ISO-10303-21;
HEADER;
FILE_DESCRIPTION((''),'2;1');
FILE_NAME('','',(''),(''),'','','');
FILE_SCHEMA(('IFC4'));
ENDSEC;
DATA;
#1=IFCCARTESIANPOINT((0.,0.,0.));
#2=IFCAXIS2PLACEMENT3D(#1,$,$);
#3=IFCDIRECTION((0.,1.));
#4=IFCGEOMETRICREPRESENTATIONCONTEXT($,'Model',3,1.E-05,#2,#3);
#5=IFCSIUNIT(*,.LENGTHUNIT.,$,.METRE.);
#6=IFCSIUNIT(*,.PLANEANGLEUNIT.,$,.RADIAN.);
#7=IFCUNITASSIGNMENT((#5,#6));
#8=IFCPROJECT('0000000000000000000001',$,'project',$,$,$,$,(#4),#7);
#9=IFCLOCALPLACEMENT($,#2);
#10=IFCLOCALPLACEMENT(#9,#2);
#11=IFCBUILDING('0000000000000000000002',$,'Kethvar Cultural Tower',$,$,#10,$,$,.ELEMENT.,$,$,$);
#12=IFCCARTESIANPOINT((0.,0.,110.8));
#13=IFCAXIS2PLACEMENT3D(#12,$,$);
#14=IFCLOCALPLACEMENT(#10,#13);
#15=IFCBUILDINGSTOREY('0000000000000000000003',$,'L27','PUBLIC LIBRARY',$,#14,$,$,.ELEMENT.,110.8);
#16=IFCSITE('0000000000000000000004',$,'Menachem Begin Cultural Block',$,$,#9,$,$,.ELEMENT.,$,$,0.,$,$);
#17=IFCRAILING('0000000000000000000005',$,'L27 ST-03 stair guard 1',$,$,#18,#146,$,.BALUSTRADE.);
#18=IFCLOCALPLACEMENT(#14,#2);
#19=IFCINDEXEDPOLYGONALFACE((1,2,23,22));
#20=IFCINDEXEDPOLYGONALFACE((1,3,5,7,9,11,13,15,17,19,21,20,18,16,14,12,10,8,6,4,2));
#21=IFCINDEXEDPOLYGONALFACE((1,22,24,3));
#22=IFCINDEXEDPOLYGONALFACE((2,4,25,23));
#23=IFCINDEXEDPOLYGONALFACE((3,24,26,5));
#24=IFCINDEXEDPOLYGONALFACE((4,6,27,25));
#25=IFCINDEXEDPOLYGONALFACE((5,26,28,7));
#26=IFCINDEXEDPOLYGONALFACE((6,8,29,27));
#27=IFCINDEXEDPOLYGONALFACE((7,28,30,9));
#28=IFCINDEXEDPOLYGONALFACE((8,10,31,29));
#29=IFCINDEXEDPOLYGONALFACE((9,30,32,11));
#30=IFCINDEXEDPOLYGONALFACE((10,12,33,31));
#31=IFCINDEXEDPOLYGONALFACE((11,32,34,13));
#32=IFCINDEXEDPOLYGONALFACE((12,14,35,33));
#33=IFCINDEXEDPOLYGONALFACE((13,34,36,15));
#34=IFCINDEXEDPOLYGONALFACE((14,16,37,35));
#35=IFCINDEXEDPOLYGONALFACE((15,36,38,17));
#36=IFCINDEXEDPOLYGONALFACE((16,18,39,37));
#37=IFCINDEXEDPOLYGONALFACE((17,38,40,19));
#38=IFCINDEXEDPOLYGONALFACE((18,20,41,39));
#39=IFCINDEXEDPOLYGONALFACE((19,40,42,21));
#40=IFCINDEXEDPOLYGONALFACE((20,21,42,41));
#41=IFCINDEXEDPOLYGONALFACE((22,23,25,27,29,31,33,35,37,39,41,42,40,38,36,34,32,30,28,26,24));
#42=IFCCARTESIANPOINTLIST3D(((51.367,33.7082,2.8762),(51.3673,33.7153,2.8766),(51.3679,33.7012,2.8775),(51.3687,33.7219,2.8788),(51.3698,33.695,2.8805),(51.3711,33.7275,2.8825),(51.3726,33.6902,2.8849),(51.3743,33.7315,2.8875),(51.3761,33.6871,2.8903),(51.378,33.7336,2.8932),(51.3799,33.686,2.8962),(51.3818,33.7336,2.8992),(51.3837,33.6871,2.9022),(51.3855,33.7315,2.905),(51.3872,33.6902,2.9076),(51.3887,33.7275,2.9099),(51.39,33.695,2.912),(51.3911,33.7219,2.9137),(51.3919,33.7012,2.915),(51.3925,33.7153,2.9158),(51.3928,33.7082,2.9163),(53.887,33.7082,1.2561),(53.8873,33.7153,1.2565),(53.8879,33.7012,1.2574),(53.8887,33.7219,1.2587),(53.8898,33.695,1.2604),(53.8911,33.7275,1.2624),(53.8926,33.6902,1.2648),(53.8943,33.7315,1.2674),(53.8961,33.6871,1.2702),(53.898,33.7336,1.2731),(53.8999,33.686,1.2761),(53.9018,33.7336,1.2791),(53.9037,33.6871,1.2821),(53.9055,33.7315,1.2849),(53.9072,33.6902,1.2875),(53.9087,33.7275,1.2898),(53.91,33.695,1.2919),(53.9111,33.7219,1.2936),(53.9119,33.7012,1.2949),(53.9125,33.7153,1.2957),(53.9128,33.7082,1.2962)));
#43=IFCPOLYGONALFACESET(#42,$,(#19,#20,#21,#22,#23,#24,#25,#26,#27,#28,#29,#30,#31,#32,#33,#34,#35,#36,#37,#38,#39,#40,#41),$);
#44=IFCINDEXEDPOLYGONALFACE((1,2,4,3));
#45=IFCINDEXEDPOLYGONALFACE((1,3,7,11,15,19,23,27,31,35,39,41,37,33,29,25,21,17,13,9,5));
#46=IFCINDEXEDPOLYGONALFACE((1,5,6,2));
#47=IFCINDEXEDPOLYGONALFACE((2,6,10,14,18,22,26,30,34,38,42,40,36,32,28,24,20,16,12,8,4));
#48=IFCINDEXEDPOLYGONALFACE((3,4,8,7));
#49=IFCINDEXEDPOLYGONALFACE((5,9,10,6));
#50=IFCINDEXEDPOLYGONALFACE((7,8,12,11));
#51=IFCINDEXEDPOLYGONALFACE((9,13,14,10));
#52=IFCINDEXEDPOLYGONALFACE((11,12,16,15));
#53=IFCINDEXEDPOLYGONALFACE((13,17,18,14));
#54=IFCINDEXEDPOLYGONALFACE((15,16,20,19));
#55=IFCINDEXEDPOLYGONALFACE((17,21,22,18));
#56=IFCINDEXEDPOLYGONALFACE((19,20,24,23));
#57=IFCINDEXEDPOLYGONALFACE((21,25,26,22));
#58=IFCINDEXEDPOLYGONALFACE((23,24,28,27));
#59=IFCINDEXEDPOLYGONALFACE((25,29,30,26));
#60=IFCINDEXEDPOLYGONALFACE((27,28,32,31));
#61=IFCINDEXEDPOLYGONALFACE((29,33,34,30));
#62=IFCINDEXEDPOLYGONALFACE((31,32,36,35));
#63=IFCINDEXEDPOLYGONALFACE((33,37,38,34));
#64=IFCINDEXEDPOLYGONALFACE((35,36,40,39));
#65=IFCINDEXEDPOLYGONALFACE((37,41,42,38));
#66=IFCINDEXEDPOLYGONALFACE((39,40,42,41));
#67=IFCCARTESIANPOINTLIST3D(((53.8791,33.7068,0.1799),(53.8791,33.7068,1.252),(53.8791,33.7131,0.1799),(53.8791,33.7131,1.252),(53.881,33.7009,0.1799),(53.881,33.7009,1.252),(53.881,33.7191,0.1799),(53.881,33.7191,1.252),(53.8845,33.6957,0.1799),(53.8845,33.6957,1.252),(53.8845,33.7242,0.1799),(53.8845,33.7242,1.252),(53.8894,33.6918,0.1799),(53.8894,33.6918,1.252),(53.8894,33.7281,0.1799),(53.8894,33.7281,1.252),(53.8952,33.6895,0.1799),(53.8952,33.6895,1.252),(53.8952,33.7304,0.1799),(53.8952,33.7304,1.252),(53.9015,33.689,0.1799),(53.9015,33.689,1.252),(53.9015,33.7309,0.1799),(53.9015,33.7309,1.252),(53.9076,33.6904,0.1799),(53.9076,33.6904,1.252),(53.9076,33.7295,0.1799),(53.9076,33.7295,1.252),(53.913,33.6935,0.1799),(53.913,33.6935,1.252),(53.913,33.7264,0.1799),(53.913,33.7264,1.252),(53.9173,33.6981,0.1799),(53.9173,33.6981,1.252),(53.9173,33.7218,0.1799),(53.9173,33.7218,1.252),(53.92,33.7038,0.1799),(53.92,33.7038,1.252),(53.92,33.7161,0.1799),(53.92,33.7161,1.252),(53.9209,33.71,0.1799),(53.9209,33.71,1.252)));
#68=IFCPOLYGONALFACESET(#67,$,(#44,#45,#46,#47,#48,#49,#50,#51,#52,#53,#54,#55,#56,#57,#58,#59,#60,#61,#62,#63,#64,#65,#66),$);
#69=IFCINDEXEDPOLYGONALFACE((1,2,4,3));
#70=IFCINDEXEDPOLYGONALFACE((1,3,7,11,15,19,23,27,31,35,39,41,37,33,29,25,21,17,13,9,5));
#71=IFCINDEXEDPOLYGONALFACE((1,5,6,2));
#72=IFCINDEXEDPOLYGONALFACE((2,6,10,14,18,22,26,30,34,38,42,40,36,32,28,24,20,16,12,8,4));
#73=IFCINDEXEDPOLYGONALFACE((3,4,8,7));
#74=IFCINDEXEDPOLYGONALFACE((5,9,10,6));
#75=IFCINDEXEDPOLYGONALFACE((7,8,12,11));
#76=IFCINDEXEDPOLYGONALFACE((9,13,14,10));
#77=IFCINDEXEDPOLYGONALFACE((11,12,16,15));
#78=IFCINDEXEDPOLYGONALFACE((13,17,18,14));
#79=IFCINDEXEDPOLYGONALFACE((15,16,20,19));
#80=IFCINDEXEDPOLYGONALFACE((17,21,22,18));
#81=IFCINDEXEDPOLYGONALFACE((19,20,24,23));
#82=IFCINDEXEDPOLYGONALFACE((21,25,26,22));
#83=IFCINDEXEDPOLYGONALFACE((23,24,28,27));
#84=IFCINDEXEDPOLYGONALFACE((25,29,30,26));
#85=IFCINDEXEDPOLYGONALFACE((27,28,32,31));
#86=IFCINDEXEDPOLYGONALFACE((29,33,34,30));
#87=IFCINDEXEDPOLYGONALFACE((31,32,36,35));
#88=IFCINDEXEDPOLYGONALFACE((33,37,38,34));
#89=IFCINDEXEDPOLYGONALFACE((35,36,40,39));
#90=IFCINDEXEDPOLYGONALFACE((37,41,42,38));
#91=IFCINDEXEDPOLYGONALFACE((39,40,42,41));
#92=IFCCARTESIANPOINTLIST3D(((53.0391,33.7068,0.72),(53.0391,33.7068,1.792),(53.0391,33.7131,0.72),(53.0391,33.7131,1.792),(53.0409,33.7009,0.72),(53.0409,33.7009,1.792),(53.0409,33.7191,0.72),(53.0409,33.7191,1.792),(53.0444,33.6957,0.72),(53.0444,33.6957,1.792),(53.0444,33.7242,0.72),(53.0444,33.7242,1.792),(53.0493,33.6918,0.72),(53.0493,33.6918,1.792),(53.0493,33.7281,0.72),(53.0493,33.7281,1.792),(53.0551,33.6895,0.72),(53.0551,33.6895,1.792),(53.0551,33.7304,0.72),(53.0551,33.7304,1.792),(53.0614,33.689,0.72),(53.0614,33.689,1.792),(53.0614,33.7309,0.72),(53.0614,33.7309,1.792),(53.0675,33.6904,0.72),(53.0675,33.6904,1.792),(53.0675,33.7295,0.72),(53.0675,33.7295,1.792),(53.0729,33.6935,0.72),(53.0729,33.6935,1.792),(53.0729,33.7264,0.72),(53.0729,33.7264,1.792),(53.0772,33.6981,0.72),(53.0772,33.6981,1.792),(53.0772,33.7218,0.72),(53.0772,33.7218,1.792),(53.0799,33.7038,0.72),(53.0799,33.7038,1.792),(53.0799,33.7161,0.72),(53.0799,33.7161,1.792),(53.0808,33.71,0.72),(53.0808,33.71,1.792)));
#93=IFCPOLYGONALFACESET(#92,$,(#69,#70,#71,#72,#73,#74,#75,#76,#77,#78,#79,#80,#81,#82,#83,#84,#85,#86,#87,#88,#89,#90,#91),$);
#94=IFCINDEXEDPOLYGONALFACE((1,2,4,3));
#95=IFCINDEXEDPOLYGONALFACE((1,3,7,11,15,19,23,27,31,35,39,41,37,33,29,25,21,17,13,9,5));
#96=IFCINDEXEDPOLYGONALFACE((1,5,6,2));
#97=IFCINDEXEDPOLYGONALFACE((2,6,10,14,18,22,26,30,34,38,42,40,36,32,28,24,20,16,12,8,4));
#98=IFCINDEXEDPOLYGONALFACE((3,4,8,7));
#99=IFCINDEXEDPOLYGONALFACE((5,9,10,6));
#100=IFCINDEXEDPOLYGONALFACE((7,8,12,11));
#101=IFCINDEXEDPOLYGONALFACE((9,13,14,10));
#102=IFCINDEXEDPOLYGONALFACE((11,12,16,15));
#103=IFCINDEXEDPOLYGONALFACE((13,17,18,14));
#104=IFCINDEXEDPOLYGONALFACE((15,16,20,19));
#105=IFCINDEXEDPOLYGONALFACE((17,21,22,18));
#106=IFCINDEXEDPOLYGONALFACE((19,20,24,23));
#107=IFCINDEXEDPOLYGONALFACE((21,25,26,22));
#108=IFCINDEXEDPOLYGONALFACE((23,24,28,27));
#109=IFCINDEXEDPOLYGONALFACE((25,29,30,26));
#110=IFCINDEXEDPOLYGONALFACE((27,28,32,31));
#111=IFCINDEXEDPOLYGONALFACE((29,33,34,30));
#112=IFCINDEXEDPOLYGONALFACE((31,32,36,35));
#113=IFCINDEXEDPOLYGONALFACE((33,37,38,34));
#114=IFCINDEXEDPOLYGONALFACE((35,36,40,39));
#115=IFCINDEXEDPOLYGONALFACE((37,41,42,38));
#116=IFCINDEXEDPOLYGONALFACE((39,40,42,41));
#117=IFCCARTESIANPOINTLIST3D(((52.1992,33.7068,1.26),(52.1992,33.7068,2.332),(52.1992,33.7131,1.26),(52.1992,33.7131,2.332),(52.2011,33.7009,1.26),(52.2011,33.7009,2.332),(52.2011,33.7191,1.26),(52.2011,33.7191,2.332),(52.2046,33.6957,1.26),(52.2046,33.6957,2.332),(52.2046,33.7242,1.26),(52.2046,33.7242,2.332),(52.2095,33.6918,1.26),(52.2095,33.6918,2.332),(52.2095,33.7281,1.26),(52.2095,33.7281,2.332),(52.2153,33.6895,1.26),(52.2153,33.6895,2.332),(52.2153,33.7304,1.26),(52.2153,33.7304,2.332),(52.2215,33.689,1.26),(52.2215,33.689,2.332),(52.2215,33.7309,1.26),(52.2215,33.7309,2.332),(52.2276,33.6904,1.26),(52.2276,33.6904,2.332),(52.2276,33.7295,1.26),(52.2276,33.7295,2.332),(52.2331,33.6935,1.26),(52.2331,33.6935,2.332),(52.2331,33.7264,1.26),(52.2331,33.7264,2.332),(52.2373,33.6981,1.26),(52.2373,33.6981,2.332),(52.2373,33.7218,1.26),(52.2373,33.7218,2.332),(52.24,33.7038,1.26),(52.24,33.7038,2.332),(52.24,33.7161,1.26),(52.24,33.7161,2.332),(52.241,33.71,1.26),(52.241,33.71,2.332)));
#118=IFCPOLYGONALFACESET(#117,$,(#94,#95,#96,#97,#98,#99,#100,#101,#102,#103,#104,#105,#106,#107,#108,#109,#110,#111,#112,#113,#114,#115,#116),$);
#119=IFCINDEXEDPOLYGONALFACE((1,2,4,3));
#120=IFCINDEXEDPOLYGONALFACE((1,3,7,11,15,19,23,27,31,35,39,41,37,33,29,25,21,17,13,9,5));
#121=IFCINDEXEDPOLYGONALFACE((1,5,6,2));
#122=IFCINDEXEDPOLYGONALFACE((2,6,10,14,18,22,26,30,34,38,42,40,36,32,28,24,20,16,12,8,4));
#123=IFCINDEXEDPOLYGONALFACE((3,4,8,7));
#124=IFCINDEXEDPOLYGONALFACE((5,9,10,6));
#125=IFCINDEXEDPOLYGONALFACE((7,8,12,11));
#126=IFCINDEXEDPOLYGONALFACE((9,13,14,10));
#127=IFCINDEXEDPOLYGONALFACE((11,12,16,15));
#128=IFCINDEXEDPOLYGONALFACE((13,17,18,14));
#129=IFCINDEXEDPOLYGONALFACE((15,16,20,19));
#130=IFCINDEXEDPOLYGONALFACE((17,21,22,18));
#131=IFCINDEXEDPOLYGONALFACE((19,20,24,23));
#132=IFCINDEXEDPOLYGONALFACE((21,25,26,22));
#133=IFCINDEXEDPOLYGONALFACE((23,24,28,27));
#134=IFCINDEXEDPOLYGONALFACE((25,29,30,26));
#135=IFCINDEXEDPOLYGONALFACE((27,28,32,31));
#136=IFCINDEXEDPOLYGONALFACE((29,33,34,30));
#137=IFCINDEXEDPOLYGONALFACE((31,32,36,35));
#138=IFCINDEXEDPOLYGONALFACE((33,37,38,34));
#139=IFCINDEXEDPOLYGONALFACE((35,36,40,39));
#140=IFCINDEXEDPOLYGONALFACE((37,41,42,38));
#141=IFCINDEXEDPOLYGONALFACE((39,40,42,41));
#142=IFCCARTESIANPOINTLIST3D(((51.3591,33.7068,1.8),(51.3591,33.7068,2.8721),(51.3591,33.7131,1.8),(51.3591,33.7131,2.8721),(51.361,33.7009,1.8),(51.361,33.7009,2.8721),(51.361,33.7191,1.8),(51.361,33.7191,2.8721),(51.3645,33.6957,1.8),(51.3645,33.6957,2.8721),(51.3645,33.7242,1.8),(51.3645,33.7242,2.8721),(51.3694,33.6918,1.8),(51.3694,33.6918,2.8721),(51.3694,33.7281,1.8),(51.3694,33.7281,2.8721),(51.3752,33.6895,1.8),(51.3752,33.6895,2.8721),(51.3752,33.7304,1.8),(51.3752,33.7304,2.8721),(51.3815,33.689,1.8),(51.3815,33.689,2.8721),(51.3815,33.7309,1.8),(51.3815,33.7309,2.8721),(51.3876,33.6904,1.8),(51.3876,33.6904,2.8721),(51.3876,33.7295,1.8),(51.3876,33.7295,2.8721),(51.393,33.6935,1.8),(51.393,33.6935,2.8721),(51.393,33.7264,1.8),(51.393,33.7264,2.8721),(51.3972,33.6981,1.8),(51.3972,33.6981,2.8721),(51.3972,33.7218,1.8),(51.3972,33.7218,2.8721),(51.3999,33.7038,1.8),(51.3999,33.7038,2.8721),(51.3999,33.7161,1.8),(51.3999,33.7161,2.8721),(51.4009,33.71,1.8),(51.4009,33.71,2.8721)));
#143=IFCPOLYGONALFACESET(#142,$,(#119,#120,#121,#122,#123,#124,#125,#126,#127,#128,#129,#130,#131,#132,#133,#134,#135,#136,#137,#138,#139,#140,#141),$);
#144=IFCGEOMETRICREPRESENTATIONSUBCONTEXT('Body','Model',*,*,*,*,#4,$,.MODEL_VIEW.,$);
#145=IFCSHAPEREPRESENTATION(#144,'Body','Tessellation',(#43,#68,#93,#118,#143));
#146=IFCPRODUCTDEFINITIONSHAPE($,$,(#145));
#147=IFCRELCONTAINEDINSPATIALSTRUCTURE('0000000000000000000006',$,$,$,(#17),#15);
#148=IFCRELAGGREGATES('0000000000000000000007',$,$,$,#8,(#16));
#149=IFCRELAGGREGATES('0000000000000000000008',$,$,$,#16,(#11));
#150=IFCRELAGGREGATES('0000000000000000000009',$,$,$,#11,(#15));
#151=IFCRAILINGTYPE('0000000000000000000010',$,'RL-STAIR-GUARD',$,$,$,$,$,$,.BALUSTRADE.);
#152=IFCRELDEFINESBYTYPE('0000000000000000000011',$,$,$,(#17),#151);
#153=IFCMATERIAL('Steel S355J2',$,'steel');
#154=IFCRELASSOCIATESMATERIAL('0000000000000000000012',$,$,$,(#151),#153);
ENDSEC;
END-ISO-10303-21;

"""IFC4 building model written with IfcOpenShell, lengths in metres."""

from ifc_helpers import new_model, si_unit, direction, frame, origin, origin_2d, place, context, subcontext, project, spatial, circle, extrude, material, type_object, element, save


model = new_model("IFC4")

# Units and contexts
model_context = context("Model", 3, precision=1e-05, world=origin(), true_north=direction((0.0, 1.0)))
body_context = subcontext(model_context, "Body", "Model", "MODEL_VIEW")
ifc_project = project(units=[si_unit("LENGTHUNIT", "METRE"), si_unit("PLANEANGLEUNIT", "RADIAN")], contexts=[model_context])

# Site, building, storey
site_placement = place(None, origin())
site = spatial("IfcSite", under=ifc_project, at=site_placement, Name="Menachem Begin Cultural Block", CompositionType="ELEMENT", RefElevation=0.0)
building_placement = place(site_placement, origin())
building = spatial("IfcBuilding", under=site, at=building_placement, Name="Kethvar Cultural Tower", CompositionType="ELEMENT")
storey_placement = place(building_placement, frame((0.0, 0.0, 110.8)))
storey = spatial("IfcBuildingStorey", under=building, at=storey_placement, Name="L27", Description="PUBLIC LIBRARY", CompositionType="ELEMENT", Elevation=110.8)

# Shared definitions
ifc_material_1 = material(Name="Steel S355J2", Category="steel")

# Railing
railing_type_1 = type_object("IfcRailingType", Name="RL-STAIR-GUARD", PredefinedType="BALUSTRADE", material=ifc_material_1)
railing_1_placement = place(storey_placement, frame((53.8999, 33.71, 0.1799)))
element("IfcRailing", 1, at=railing_1_placement, inside=storey, type_object=railing_type_1, Name="L27 ST-03 stair guard 1", PredefinedType="BALUSTRADE", context=body_context, shape_type="SweptSolid", body=[
    extrude(circle(Radius=0.0239, at=origin_2d()), frame((0.0, 0.0, 1.0962), z_axis=(-0.841163, 0.0, 0.540782), x_axis=(0.0, -1.0, 0.0)), (0.0, 0.0, 1.0), 2.9958),
    extrude(circle(Radius=0.021, at=origin_2d()), origin(), (0.0, 0.0, 1.0), 1.072),
    extrude(circle(Radius=0.021, at=origin_2d()), frame((-0.8401, 0.0, 0.54)), (0.0, 0.0, 1.0), 1.072),
    extrude(circle(Radius=0.021, at=origin_2d()), frame((-1.6799, 0.0, 1.0801)), (0.0, 0.0, 1.0), 1.072),
    extrude(circle(Radius=0.021, at=origin_2d()), frame((-2.52, 0.0, 1.6201)), (0.0, 0.0, 1.0), 1.072),
])

save(model, "model.ifc")
